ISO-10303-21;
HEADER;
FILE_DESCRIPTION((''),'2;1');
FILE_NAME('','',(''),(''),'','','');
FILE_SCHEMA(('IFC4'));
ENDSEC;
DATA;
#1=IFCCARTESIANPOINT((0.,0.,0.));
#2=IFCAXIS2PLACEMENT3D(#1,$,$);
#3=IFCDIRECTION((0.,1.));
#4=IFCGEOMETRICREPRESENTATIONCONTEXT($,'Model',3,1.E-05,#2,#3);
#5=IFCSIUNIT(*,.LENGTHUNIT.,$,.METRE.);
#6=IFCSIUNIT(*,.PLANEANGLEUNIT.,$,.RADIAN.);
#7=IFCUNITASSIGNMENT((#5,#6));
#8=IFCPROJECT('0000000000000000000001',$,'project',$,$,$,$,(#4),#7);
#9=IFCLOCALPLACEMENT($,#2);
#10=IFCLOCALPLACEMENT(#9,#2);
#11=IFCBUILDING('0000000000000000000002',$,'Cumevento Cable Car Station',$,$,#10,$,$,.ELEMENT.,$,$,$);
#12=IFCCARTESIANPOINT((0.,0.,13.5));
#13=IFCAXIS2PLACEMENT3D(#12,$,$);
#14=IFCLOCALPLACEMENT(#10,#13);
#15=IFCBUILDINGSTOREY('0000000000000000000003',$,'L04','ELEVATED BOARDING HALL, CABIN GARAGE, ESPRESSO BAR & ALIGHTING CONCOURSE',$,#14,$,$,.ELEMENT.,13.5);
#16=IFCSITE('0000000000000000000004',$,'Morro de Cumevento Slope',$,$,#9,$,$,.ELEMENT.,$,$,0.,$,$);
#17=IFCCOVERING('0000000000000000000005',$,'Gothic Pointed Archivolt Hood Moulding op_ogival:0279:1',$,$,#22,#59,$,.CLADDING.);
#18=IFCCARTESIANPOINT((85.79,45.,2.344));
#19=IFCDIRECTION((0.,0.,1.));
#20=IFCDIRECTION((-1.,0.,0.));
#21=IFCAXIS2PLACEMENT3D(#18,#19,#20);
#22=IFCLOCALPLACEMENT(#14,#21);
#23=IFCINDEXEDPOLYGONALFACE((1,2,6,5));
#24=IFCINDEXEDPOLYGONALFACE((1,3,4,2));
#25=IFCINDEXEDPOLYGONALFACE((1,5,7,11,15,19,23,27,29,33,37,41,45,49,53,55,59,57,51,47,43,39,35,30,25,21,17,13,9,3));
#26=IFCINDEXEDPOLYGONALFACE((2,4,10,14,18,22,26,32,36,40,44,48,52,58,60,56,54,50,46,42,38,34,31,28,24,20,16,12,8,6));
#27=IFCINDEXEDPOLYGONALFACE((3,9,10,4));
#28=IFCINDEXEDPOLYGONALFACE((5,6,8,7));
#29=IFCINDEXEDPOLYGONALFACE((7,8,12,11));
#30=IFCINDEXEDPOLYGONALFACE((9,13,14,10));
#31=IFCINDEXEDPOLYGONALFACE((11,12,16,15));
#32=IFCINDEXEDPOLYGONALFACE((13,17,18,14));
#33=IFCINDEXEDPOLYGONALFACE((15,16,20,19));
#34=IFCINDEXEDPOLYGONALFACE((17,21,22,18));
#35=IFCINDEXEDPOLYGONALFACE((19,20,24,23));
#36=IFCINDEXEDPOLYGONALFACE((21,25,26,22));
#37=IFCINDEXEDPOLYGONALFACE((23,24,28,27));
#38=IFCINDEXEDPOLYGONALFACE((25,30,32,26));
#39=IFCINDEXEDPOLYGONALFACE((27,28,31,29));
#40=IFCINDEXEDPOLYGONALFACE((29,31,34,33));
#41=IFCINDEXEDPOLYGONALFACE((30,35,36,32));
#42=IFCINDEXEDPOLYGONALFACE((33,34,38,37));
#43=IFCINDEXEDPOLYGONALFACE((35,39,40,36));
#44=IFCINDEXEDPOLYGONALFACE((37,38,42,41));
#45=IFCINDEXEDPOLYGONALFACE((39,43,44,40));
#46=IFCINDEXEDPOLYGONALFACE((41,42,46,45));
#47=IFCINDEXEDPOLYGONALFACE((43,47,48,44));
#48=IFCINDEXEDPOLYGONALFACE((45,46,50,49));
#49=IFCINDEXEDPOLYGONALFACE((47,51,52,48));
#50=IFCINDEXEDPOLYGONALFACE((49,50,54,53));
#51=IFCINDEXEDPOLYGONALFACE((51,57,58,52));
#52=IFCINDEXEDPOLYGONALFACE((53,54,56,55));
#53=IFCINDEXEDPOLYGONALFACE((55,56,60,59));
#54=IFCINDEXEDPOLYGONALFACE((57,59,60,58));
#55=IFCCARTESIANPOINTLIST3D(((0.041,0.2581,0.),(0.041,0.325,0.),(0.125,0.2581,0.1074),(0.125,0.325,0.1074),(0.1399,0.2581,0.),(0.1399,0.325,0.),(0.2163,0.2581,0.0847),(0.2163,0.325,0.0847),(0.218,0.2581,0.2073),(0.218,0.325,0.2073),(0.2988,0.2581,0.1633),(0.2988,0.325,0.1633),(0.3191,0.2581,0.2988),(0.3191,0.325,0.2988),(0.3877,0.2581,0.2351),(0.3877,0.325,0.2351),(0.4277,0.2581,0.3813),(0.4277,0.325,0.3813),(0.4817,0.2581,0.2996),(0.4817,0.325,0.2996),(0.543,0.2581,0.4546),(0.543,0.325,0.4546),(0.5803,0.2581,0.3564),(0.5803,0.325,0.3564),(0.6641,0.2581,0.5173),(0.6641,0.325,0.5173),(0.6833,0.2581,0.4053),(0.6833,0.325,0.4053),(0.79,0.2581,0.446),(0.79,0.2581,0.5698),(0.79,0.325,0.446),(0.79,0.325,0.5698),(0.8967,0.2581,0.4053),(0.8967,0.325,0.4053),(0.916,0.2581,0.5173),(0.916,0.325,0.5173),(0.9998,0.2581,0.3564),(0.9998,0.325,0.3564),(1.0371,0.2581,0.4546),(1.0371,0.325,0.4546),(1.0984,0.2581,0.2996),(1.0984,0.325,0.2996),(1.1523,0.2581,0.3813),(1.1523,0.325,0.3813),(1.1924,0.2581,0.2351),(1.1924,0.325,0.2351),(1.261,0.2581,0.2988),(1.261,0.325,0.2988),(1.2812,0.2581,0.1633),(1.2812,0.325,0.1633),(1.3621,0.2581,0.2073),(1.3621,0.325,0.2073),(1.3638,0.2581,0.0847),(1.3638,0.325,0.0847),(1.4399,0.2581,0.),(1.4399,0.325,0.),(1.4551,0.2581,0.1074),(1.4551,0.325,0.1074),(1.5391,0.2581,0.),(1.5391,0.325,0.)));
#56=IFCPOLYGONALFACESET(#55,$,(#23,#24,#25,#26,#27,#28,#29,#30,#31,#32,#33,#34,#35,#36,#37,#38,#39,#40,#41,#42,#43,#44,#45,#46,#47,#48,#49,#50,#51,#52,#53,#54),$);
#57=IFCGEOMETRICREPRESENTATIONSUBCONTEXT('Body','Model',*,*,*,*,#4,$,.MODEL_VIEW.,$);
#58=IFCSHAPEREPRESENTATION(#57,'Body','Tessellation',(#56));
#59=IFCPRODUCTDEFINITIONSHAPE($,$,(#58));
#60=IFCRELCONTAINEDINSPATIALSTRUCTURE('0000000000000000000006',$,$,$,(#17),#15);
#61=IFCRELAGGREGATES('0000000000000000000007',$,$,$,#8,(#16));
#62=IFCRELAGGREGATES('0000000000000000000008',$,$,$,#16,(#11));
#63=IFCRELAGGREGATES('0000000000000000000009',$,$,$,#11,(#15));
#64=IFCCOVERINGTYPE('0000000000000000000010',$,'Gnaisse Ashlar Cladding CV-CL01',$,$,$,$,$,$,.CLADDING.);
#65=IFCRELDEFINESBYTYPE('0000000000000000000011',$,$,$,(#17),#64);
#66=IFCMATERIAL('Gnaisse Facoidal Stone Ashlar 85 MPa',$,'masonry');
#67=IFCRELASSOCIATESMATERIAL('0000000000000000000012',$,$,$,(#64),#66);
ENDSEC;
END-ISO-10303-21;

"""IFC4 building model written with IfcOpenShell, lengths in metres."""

from ifc_helpers import new_model, si_unit, direction, frame, origin, place, context, subcontext, project, spatial, polyline, outline, extrude, material, type_object, element, save


model = new_model("IFC4")

# Units and contexts
model_context = context("Model", 3, precision=1e-05, world=origin(), true_north=direction((0.0, 1.0)))
body_context = subcontext(model_context, "Body", "Model", "MODEL_VIEW")
ifc_project = project(units=[si_unit("LENGTHUNIT", "METRE"), si_unit("PLANEANGLEUNIT", "RADIAN")], contexts=[model_context])

# Site, building, storey
site_placement = place(None, origin())
site = spatial("IfcSite", under=ifc_project, at=site_placement, Name="Morro de Cumevento Slope", CompositionType="ELEMENT", RefElevation=0.0)
building_placement = place(site_placement, origin())
building = spatial("IfcBuilding", under=site, at=building_placement, Name="Cumevento Cable Car Station", CompositionType="ELEMENT")
storey_placement = place(building_placement, frame((0.0, 0.0, 13.5)))
storey = spatial("IfcBuildingStorey", under=building, at=storey_placement, Name="L04", Description="ELEVATED BOARDING HALL, CABIN GARAGE, ESPRESSO BAR & ALIGHTING CONCOURSE", CompositionType="ELEMENT", Elevation=13.5)

# Covering
ifc_material_1 = material(Name="Gnaisse Facoidal Stone Ashlar 85 MPa", Category="masonry")
covering_type = type_object("IfcCoveringType", Name="Gnaisse Ashlar Cladding CV-CL01", PredefinedType="CLADDING", material=ifc_material_1)
covering_1_placement = place(storey_placement, frame((85.79, 45.0, 2.344), z_axis=(0.0, 0.0, 1.0), x_axis=(-1.0, 0.0, 0.0)))
element("IfcCovering", 1, at=covering_1_placement, inside=storey, type_object=covering_type, Name="Gothic Pointed Archivolt Hood Moulding op_ogival:0279:1", PredefinedType="CLADDING", context=body_context, shape_type="SweptSolid", body=[
    extrude(outline(polyline([(0.1399, 0.0), (0.2163, 0.0847), (0.2988, 0.1633), (0.3877, 0.2351), (0.4817, 0.2996), (0.5803, 0.3564), (0.6833, 0.4053), (0.79, 0.446), (0.8967, 0.4053), (0.9998, 0.3564), (1.0984, 0.2996), (1.1924, 0.2351), (1.2812, 0.1633), (1.3638, 0.0847), (1.4399, 0.0), (1.5391, 0.0), (1.4551, 0.1074), (1.3621, 0.2073), (1.261, 0.2988), (1.1523, 0.3813), (1.0371, 0.4546), (0.916, 0.5173), (0.79, 0.5698), (0.6641, 0.5173), (0.543, 0.4546), (0.4277, 0.3813), (0.3191, 0.2988), (0.218, 0.2073), (0.125, 0.1074), (0.041, 0.0), (0.1399, 0.0)])), frame((0.0, 0.325, 0.0), z_axis=(0.0, -1.0, 0.0), x_axis=(1.0, 0.0, 0.0)), (0.0, 0.0, 1.0), 0.0669),
])

save(model, "model.ifc")
